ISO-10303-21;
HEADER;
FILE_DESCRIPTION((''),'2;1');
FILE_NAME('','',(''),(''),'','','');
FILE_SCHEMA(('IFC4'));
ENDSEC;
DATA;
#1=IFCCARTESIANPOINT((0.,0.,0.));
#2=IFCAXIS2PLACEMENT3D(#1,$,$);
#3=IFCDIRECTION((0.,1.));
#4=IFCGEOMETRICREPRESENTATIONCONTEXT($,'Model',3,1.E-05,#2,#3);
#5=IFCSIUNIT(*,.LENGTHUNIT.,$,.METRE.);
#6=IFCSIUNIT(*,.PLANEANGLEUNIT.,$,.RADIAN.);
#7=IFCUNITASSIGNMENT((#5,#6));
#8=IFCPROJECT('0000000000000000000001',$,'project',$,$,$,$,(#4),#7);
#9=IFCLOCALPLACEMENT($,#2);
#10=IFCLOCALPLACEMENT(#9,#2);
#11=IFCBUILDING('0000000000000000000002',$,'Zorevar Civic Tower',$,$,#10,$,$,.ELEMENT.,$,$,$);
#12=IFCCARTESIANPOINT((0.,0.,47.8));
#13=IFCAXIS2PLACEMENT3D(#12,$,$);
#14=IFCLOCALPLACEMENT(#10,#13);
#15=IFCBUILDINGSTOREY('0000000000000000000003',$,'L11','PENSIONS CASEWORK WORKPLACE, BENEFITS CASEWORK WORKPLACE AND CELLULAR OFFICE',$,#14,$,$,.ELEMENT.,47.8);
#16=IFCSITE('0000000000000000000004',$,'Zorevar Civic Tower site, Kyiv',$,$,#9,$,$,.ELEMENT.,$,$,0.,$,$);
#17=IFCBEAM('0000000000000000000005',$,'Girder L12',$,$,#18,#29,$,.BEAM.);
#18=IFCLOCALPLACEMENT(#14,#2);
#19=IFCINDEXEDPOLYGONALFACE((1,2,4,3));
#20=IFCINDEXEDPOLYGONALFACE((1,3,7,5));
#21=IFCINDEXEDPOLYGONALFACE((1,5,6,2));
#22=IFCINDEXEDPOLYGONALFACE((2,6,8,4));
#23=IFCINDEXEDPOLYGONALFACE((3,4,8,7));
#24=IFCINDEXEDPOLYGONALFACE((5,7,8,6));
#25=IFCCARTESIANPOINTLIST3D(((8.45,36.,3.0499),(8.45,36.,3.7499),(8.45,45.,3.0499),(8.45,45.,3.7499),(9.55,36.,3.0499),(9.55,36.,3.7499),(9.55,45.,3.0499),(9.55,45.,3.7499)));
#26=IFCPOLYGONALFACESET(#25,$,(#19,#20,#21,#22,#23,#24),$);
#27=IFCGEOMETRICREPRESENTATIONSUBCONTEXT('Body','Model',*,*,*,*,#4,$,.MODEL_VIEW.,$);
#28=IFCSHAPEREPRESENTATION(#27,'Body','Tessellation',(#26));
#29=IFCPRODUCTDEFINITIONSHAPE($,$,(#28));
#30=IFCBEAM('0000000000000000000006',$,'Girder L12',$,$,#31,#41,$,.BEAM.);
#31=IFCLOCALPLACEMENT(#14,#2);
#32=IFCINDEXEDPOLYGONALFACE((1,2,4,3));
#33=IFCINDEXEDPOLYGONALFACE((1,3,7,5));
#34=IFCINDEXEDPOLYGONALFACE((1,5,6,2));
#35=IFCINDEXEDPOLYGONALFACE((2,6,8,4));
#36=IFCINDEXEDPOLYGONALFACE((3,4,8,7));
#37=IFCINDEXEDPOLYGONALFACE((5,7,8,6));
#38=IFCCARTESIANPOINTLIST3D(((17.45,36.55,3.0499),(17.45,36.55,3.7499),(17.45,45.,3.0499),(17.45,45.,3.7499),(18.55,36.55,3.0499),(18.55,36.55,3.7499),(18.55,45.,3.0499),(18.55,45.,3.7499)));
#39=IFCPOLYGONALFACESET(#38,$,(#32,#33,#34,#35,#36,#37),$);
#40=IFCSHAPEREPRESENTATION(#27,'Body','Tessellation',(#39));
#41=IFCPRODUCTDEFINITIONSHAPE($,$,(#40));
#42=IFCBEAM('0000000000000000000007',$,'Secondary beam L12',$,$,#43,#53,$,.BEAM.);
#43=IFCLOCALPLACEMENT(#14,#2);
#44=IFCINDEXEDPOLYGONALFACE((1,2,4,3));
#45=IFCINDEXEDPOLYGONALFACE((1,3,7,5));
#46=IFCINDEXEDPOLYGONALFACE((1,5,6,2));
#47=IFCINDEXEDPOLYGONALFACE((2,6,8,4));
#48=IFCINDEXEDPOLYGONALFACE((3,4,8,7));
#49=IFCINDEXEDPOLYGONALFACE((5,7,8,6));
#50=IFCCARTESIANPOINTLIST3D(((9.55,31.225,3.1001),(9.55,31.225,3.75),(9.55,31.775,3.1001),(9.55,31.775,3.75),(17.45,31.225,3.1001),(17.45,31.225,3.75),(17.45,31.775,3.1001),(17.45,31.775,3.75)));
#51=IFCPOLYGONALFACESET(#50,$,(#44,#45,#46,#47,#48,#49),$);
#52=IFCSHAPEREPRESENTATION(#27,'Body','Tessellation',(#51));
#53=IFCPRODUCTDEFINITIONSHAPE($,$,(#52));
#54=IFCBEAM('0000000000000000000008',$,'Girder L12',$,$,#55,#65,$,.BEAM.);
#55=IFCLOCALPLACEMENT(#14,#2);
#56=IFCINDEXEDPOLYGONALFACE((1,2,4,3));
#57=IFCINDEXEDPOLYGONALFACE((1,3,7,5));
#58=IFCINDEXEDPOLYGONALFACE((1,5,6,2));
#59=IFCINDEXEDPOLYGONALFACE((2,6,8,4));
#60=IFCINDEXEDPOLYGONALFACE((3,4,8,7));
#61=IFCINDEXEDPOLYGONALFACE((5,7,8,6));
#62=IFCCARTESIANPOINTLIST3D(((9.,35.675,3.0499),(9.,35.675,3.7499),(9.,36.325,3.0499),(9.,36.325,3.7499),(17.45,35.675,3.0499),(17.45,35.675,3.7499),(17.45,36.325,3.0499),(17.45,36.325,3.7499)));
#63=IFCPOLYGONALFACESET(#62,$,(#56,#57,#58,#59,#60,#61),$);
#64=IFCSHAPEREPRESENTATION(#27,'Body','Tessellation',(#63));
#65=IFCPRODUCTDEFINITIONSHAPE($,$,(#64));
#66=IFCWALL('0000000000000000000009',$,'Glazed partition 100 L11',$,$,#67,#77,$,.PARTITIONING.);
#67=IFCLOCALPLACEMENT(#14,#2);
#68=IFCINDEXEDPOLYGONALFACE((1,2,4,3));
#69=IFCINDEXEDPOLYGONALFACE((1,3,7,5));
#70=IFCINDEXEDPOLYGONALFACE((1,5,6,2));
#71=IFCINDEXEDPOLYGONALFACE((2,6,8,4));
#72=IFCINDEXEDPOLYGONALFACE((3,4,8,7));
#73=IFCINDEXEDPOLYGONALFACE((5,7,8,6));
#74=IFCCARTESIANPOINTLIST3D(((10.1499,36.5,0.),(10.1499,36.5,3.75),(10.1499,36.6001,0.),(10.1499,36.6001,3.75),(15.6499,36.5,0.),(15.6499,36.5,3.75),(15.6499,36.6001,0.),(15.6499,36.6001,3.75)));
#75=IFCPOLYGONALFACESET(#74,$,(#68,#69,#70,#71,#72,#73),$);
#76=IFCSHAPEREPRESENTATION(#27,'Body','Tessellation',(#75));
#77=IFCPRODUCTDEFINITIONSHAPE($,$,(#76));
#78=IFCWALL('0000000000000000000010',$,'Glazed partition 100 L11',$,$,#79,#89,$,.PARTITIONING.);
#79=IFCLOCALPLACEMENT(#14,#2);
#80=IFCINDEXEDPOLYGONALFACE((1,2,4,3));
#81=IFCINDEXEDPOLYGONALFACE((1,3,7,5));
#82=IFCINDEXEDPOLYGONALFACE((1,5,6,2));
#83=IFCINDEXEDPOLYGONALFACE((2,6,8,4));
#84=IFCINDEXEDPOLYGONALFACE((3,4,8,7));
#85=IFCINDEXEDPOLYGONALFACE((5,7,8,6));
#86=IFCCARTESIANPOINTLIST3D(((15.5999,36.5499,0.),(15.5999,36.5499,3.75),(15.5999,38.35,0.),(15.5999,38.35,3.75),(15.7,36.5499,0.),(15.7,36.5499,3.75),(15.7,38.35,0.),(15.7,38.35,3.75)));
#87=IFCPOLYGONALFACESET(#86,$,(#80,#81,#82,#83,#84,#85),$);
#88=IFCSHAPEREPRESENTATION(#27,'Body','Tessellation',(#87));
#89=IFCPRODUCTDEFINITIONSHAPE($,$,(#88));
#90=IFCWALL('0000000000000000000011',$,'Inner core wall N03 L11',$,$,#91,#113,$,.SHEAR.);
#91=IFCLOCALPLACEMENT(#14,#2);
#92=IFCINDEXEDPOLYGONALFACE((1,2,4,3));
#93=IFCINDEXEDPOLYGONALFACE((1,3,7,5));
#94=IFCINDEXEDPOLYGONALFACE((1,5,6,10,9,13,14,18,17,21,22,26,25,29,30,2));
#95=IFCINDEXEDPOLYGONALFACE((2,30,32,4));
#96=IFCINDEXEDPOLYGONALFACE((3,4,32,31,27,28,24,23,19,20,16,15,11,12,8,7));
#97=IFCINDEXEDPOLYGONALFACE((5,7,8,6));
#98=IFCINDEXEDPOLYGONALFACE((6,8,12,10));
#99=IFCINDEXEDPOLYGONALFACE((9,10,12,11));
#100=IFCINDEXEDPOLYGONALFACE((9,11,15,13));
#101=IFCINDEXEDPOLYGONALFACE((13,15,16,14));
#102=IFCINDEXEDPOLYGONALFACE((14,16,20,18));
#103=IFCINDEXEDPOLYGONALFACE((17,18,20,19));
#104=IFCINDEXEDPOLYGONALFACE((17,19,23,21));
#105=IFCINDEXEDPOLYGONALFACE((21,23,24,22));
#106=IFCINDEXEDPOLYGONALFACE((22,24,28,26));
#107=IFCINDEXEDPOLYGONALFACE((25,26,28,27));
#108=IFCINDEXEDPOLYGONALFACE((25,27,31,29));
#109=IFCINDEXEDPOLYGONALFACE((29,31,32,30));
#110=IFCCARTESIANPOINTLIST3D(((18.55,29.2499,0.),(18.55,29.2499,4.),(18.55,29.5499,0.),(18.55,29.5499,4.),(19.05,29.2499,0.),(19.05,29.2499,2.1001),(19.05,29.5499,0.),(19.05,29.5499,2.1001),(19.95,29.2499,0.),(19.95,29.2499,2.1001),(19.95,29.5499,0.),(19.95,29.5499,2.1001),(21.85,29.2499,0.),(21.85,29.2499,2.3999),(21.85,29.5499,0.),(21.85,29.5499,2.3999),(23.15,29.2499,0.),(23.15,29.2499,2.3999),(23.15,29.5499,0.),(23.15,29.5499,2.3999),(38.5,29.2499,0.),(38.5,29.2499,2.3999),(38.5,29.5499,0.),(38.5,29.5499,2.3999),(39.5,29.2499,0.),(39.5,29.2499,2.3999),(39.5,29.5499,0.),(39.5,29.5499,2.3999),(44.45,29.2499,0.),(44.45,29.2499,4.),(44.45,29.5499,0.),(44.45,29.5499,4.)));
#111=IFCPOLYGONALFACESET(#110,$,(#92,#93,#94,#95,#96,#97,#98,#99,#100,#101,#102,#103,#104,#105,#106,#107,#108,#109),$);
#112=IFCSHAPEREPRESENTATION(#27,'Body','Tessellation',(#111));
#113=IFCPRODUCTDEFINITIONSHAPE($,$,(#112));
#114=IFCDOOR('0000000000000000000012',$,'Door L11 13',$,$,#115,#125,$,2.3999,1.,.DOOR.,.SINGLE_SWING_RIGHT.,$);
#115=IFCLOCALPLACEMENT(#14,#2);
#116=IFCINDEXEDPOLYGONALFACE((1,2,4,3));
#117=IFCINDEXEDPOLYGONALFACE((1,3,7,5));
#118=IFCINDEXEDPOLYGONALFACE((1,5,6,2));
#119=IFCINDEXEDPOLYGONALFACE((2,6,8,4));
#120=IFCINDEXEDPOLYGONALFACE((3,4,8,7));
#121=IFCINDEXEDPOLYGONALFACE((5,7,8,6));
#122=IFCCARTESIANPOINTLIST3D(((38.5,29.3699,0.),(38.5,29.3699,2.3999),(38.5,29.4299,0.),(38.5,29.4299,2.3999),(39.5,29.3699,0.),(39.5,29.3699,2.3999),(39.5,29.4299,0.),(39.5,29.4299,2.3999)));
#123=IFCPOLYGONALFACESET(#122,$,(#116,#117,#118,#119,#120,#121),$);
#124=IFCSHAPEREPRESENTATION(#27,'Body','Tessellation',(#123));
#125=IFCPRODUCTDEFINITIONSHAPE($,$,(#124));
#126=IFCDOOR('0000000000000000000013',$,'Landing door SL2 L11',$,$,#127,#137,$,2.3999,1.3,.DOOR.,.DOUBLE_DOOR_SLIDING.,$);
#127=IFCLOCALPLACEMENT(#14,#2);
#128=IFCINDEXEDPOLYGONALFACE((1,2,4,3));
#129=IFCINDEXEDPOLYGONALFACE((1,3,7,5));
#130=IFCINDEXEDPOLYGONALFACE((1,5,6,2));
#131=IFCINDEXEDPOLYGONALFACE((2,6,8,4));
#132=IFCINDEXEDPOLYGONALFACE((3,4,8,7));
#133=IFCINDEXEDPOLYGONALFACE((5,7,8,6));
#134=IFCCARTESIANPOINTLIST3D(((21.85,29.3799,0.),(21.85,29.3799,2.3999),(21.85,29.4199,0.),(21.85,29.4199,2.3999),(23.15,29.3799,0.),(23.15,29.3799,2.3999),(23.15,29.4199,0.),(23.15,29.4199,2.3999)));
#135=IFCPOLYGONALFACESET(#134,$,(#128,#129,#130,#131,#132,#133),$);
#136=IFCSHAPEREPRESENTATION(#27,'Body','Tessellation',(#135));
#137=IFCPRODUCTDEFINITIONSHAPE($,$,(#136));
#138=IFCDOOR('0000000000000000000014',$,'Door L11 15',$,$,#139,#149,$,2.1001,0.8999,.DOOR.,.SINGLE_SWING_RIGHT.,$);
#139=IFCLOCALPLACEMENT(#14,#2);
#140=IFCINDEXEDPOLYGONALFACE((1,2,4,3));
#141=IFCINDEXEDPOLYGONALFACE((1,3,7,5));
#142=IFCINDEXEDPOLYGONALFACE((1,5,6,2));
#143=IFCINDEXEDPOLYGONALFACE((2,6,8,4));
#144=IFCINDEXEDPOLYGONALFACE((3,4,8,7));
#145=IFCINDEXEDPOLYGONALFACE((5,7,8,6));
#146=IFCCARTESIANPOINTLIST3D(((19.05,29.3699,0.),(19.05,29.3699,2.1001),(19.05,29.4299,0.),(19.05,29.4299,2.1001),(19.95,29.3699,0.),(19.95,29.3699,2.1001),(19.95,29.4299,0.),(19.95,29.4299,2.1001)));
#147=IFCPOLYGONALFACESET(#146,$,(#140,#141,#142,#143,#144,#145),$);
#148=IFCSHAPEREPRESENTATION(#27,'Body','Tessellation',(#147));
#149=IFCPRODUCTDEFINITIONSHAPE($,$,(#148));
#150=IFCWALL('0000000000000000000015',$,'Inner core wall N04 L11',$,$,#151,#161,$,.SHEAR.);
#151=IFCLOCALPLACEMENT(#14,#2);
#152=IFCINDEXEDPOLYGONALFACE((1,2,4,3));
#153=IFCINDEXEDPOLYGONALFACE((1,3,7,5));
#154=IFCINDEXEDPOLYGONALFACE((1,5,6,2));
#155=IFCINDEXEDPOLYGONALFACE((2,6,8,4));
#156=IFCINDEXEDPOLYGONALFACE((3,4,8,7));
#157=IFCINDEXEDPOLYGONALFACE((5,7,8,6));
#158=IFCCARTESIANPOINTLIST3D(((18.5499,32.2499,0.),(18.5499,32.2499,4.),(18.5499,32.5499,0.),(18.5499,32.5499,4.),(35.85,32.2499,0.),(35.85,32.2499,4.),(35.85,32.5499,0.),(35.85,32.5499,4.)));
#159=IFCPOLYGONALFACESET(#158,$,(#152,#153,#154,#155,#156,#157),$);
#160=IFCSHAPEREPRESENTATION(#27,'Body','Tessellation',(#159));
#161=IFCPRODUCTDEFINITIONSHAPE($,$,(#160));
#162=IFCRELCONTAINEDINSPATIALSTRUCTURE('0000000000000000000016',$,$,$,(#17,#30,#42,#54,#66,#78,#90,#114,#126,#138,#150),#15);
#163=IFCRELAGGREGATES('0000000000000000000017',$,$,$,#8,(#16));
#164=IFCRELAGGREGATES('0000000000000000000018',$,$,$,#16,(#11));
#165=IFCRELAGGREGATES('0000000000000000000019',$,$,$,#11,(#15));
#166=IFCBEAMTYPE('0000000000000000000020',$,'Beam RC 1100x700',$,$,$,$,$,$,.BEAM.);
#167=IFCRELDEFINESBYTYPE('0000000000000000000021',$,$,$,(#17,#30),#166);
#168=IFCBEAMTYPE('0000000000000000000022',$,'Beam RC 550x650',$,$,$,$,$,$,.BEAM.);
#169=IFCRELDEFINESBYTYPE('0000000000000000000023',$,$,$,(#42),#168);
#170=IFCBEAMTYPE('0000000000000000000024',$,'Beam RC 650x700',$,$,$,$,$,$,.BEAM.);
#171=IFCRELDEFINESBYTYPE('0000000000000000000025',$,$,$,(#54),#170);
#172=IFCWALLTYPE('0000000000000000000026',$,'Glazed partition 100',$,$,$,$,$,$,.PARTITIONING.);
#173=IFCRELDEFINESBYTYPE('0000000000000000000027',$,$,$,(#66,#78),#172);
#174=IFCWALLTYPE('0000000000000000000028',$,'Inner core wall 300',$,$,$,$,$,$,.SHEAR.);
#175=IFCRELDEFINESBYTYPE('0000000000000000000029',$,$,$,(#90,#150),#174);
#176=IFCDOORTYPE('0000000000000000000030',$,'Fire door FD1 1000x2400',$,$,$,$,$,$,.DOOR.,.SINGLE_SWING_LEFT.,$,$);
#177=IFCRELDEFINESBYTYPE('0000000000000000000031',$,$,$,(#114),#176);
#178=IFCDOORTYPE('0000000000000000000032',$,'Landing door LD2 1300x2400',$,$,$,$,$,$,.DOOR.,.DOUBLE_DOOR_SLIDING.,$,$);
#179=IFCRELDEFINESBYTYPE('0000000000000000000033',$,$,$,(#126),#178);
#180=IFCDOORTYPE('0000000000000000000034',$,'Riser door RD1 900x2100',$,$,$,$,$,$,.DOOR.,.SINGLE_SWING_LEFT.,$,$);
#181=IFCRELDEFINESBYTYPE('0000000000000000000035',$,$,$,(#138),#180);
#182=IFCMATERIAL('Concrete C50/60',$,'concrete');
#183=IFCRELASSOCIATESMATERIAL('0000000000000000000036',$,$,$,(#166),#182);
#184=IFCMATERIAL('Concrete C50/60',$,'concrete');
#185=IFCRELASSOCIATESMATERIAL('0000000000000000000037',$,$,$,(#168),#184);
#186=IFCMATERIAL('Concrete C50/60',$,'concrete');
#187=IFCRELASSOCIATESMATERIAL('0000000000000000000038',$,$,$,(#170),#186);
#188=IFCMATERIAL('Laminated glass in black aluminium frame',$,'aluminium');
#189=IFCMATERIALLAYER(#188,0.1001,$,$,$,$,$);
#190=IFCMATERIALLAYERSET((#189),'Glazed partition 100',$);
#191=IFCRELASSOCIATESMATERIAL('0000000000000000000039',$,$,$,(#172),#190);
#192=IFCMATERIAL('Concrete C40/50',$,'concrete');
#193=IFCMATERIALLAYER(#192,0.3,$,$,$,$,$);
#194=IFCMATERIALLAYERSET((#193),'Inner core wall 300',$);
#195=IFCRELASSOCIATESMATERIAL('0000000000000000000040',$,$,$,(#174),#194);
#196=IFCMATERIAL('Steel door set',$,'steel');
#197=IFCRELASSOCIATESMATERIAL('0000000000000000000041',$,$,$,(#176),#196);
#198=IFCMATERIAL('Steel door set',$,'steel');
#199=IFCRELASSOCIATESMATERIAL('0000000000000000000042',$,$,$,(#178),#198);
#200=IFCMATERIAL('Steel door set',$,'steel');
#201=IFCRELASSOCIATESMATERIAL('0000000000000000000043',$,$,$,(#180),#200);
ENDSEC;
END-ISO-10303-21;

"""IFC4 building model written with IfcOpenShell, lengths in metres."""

from ifc_helpers import new_model, si_unit, direction, frame, frame_2d, origin, origin_2d, place, context, subcontext, project, spatial, rectangle, extrude, material, layer, layer_set, material_profile, profile_set, type_object, element, fill, save


model = new_model("IFC4")

# Units and contexts
model_context = context("Model", 3, precision=1e-05, world=origin(), true_north=direction((0.0, 1.0)))
body_context = subcontext(model_context, "Body", "Model", "MODEL_VIEW")
ifc_project = project(units=[si_unit("LENGTHUNIT", "METRE"), si_unit("PLANEANGLEUNIT", "RADIAN")], contexts=[model_context])

# Site, building, storey
site_placement = place(None, origin())
site = spatial("IfcSite", under=ifc_project, at=site_placement, Name="Zorevar Civic Tower site, Kyiv", CompositionType="ELEMENT", RefElevation=0.0)
building_placement = place(site_placement, origin())
building = spatial("IfcBuilding", under=site, at=building_placement, Name="Zorevar Civic Tower", CompositionType="ELEMENT")
storey_placement = place(building_placement, frame((0.0, 0.0, 47.8)))
storey = spatial("IfcBuildingStorey", under=building, at=storey_placement, Name="L11", Description="PENSIONS CASEWORK WORKPLACE, BENEFITS CASEWORK WORKPLACE AND CELLULAR OFFICE", CompositionType="ELEMENT", Elevation=47.8)

# Beams
ifc_material_1 = material(Name="Concrete C50/60", Category="concrete")
ifc_material_profile_1 = material_profile(ifc_material_1, rectangle(XDim=1.1001, YDim=0.7, at=origin_2d()), Name="RC 1100x700")
ifc_profile_set_1 = profile_set([ifc_material_profile_1], Name="Concrete C50/60")
beam_type_1 = type_object("IfcBeamType", Name="Beam RC 1100x700", PredefinedType="BEAM", material=ifc_profile_set_1)
beam_1_placement = place(storey_placement, frame((9.0, 36.0, 3.3999), z_axis=(0.0, 1.0, 0.0), x_axis=(-1.0, 0.0, 0.0)))
element("IfcBeam", 1, at=beam_1_placement, inside=storey, type_object=beam_type_1, Name="Girder L12", PredefinedType="BEAM", context=body_context, shape_type="SweptSolid", body=[
    extrude(rectangle(XDim=1.1001, YDim=0.7, at=origin_2d()), origin(), (0.0, 0.0, 1.0), 9.0),
])
beam_2_placement = place(storey_placement, frame((18.0, 36.55, 3.3999), z_axis=(0.0, 1.0, 0.0), x_axis=(-1.0, 0.0, 0.0)))
element("IfcBeam", 2, at=beam_2_placement, inside=storey, type_object=beam_type_1, Name="Girder L12", PredefinedType="BEAM", context=body_context, shape_type="SweptSolid", body=[
    extrude(rectangle(XDim=1.1001, YDim=0.7, at=origin_2d()), origin(), (0.0, 0.0, 1.0), 8.45),
])
ifc_material_2 = material(Name="Concrete C50/60", Category="concrete")
ifc_material_profile_2 = material_profile(ifc_material_2, rectangle(XDim=0.55, YDim=0.6499, at=origin_2d()), Name="RC 550x650")
ifc_profile_set_2 = profile_set([ifc_material_profile_2], Name="Concrete C50/60")
beam_type_2 = type_object("IfcBeamType", Name="Beam RC 550x650", PredefinedType="BEAM", material=ifc_profile_set_2)
beam_3_placement = place(storey_placement, frame((9.55, 31.5, 3.425), z_axis=(1.0, 0.0, 0.0), x_axis=(0.0, 1.0, 0.0)))
element("IfcBeam", 3, at=beam_3_placement, inside=storey, type_object=beam_type_2, Name="Secondary beam L12", PredefinedType="BEAM", context=body_context, shape_type="SweptSolid", body=[
    extrude(rectangle(XDim=0.55, YDim=0.6499, at=origin_2d()), origin(), (0.0, 0.0, 1.0), 7.8999),
])
ifc_material_3 = material(Name="Concrete C50/60", Category="concrete")
ifc_material_profile_3 = material_profile(ifc_material_3, rectangle(XDim=0.6499, YDim=0.7, at=origin_2d()), Name="RC 650x700")
ifc_profile_set_3 = profile_set([ifc_material_profile_3], Name="Concrete C50/60")
beam_type_3 = type_object("IfcBeamType", Name="Beam RC 650x700", PredefinedType="BEAM", material=ifc_profile_set_3)
beam_4_placement = place(storey_placement, frame((9.0, 36.0, 3.3999), z_axis=(1.0, 0.0, 0.0), x_axis=(0.0, 1.0, 0.0)))
element("IfcBeam", 4, at=beam_4_placement, inside=storey, type_object=beam_type_3, Name="Girder L12", PredefinedType="BEAM", context=body_context, shape_type="SweptSolid", body=[
    extrude(rectangle(XDim=0.6499, YDim=0.7, at=origin_2d()), origin(), (0.0, 0.0, 1.0), 8.45),
])

# Walls
ifc_material_4 = material(Name="Laminated glass in black aluminium frame", Category="aluminium")
ifc_layer_1 = layer(ifc_material_4, 0.1001)
ifc_layer_set_1 = layer_set([ifc_layer_1], Name="Glazed partition 100")
wall_type_1 = type_object("IfcWallType", Name="Glazed partition 100", PredefinedType="PARTITIONING", material=ifc_layer_set_1)
wall_1_placement = place(storey_placement, frame((10.1499, 36.55, 0.0), z_axis=(0.0, 0.0, 1.0), x_axis=(1.0, 0.0, 0.0)))
element("IfcWall", 5, at=wall_1_placement, inside=storey, type_object=wall_type_1, Name="Glazed partition 100 L11", PredefinedType="PARTITIONING", context=body_context, shape_type="SweptSolid", body=[
    extrude(rectangle(XDim=5.5, YDim=0.1001, at=frame_2d((2.75, 0.0))), origin(), (0.0, 0.0, 1.0), 3.75),
])
wall_2_placement = place(storey_placement, frame((15.6499, 36.55, 0.0), z_axis=(0.0, 0.0, 1.0), x_axis=(0.0, 1.0, 0.0)))
element("IfcWall", 6, at=wall_2_placement, inside=storey, type_object=wall_type_1, Name="Glazed partition 100 L11", PredefinedType="PARTITIONING", context=body_context, shape_type="SweptSolid", body=[
    extrude(rectangle(XDim=1.8, YDim=0.1001, at=frame_2d((0.8999, 0.0))), origin(), (0.0, 0.0, 1.0), 3.75),
])

# Wall, openings, doors
ifc_material_5 = material(Name="Concrete C40/50", Category="concrete")
ifc_layer_2 = layer(ifc_material_5, 0.3)
ifc_layer_set_2 = layer_set([ifc_layer_2], Name="Inner core wall 300")
wall_type_2 = type_object("IfcWallType", Name="Inner core wall 300", PredefinedType="SHEAR", material=ifc_layer_set_2)
wall_3_placement = place(storey_placement, frame((18.55, 29.3999, 0.0), z_axis=(0.0, 0.0, 1.0), x_axis=(1.0, 0.0, 0.0)))
wall_3 = element("IfcWall", 7, at=wall_3_placement, inside=storey, type_object=wall_type_2, Name="Inner core wall N03 L11", PredefinedType="SHEAR", context=body_context, shape_type="SweptSolid", body=[
    extrude(rectangle(XDim=25.8999, YDim=0.3, at=frame_2d((12.95, 0.0))), origin(), (0.0, 0.0, 1.0), 4.0),
])
opening_1_placement = place(wall_3_placement, frame((19.95, 0.0, 0.0)))
opening_1 = element("IfcOpeningElement", 8, at=opening_1_placement, cuts=wall_3, PredefinedType="OPENING", context=body_context, shape_type="SweptSolid", body=[
    extrude(rectangle(XDim=1.0, YDim=2.3999, at=frame_2d((0.5, 1.2))), frame((0.0, 0.1599, 0.0), z_axis=(0.0, -1.0, 0.0), x_axis=(1.0, 0.0, 0.0)), (0.0, 0.0, 1.0), 0.3201),
])
opening_2_placement = place(wall_3_placement, frame((0.5, 0.0, 0.0)))
opening_2 = element("IfcOpeningElement", 9, at=opening_2_placement, cuts=wall_3, PredefinedType="OPENING", context=body_context, shape_type="SweptSolid", body=[
    extrude(rectangle(XDim=0.8999, YDim=2.1001, at=frame_2d((0.45, 1.05))), frame((0.0, 0.1599, 0.0), z_axis=(0.0, -1.0, 0.0), x_axis=(1.0, 0.0, 0.0)), (0.0, 0.0, 1.0), 0.3201),
])
opening_3_placement = place(wall_3_placement, frame((3.3, 0.0, 0.0)))
opening_3 = element("IfcOpeningElement", 10, at=opening_3_placement, cuts=wall_3, PredefinedType="OPENING", context=body_context, shape_type="SweptSolid", body=[
    extrude(rectangle(XDim=1.3, YDim=2.3999, at=frame_2d((0.6499, 1.2))), frame((0.0, 0.1599, 0.0), z_axis=(0.0, -1.0, 0.0), x_axis=(1.0, 0.0, 0.0)), (0.0, 0.0, 1.0), 0.3201),
])
ifc_material_6 = material(Name="Steel door set", Category="steel")
door_type_1 = type_object("IfcDoorType", Name="Fire door FD1 1000x2400", OperationType="SINGLE_SWING_LEFT", PredefinedType="DOOR", material=ifc_material_6)
door_1_placement = place(opening_1_placement, origin())
door_1 = element("IfcDoor", 11, at=door_1_placement, inside=storey, type_object=door_type_1, Name="Door L11 13", OperationType="SINGLE_SWING_RIGHT", OverallHeight=2.3999, OverallWidth=1.0, PredefinedType="DOOR", context=body_context, shape_type="SweptSolid", body=[
    extrude(rectangle(XDim=1.0, YDim=2.3999, at=frame_2d((0.5, 1.2))), frame((0.0, 0.03, 0.0), z_axis=(0.0, -1.0, 0.0), x_axis=(1.0, 0.0, 0.0)), (0.0, 0.0, 1.0), 0.0601),
])
fill(opening_1, door_1)
ifc_material_7 = material(Name="Steel door set", Category="steel")
door_type_2 = type_object("IfcDoorType", Name="Landing door LD2 1300x2400", OperationType="DOUBLE_DOOR_SLIDING", PredefinedType="DOOR", material=ifc_material_7)
door_2_placement = place(opening_3_placement, origin())
door_2 = element("IfcDoor", 12, at=door_2_placement, inside=storey, type_object=door_type_2, Name="Landing door SL2 L11", OperationType="DOUBLE_DOOR_SLIDING", OverallHeight=2.3999, OverallWidth=1.3, PredefinedType="DOOR", context=body_context, shape_type="SweptSolid", body=[
    extrude(rectangle(XDim=1.3, YDim=2.3999, at=frame_2d((0.6499, 1.2))), frame((0.0, 0.02, 0.0), z_axis=(0.0, -1.0, 0.0), x_axis=(1.0, 0.0, 0.0)), (0.0, 0.0, 1.0), 0.04),
])
fill(opening_3, door_2)
ifc_material_8 = material(Name="Steel door set", Category="steel")
door_type_3 = type_object("IfcDoorType", Name="Riser door RD1 900x2100", OperationType="SINGLE_SWING_LEFT", PredefinedType="DOOR", material=ifc_material_8)
door_3_placement = place(opening_2_placement, origin())
door_3 = element("IfcDoor", 13, at=door_3_placement, inside=storey, type_object=door_type_3, Name="Door L11 15", OperationType="SINGLE_SWING_RIGHT", OverallHeight=2.1001, OverallWidth=0.8999, PredefinedType="DOOR", context=body_context, shape_type="SweptSolid", body=[
    extrude(rectangle(XDim=0.8999, YDim=2.1001, at=frame_2d((0.45, 1.05))), frame((0.0, 0.03, 0.0), z_axis=(0.0, -1.0, 0.0), x_axis=(1.0, 0.0, 0.0)), (0.0, 0.0, 1.0), 0.0601),
])
fill(opening_2, door_3)

# Wall
wall_4_placement = place(storey_placement, frame((18.55, 32.3999, 0.0), z_axis=(0.0, 0.0, 1.0), x_axis=(1.0, 0.0, 0.0)))
element("IfcWall", 14, at=wall_4_placement, inside=storey, type_object=wall_type_2, Name="Inner core wall N04 L11", PredefinedType="SHEAR", context=body_context, shape_type="SweptSolid", body=[
    extrude(rectangle(XDim=17.3, YDim=0.3, at=frame_2d((8.6499, 0.0))), origin(), (0.0, 0.0, 1.0), 4.0),
])

save(model, "model.ifc")
